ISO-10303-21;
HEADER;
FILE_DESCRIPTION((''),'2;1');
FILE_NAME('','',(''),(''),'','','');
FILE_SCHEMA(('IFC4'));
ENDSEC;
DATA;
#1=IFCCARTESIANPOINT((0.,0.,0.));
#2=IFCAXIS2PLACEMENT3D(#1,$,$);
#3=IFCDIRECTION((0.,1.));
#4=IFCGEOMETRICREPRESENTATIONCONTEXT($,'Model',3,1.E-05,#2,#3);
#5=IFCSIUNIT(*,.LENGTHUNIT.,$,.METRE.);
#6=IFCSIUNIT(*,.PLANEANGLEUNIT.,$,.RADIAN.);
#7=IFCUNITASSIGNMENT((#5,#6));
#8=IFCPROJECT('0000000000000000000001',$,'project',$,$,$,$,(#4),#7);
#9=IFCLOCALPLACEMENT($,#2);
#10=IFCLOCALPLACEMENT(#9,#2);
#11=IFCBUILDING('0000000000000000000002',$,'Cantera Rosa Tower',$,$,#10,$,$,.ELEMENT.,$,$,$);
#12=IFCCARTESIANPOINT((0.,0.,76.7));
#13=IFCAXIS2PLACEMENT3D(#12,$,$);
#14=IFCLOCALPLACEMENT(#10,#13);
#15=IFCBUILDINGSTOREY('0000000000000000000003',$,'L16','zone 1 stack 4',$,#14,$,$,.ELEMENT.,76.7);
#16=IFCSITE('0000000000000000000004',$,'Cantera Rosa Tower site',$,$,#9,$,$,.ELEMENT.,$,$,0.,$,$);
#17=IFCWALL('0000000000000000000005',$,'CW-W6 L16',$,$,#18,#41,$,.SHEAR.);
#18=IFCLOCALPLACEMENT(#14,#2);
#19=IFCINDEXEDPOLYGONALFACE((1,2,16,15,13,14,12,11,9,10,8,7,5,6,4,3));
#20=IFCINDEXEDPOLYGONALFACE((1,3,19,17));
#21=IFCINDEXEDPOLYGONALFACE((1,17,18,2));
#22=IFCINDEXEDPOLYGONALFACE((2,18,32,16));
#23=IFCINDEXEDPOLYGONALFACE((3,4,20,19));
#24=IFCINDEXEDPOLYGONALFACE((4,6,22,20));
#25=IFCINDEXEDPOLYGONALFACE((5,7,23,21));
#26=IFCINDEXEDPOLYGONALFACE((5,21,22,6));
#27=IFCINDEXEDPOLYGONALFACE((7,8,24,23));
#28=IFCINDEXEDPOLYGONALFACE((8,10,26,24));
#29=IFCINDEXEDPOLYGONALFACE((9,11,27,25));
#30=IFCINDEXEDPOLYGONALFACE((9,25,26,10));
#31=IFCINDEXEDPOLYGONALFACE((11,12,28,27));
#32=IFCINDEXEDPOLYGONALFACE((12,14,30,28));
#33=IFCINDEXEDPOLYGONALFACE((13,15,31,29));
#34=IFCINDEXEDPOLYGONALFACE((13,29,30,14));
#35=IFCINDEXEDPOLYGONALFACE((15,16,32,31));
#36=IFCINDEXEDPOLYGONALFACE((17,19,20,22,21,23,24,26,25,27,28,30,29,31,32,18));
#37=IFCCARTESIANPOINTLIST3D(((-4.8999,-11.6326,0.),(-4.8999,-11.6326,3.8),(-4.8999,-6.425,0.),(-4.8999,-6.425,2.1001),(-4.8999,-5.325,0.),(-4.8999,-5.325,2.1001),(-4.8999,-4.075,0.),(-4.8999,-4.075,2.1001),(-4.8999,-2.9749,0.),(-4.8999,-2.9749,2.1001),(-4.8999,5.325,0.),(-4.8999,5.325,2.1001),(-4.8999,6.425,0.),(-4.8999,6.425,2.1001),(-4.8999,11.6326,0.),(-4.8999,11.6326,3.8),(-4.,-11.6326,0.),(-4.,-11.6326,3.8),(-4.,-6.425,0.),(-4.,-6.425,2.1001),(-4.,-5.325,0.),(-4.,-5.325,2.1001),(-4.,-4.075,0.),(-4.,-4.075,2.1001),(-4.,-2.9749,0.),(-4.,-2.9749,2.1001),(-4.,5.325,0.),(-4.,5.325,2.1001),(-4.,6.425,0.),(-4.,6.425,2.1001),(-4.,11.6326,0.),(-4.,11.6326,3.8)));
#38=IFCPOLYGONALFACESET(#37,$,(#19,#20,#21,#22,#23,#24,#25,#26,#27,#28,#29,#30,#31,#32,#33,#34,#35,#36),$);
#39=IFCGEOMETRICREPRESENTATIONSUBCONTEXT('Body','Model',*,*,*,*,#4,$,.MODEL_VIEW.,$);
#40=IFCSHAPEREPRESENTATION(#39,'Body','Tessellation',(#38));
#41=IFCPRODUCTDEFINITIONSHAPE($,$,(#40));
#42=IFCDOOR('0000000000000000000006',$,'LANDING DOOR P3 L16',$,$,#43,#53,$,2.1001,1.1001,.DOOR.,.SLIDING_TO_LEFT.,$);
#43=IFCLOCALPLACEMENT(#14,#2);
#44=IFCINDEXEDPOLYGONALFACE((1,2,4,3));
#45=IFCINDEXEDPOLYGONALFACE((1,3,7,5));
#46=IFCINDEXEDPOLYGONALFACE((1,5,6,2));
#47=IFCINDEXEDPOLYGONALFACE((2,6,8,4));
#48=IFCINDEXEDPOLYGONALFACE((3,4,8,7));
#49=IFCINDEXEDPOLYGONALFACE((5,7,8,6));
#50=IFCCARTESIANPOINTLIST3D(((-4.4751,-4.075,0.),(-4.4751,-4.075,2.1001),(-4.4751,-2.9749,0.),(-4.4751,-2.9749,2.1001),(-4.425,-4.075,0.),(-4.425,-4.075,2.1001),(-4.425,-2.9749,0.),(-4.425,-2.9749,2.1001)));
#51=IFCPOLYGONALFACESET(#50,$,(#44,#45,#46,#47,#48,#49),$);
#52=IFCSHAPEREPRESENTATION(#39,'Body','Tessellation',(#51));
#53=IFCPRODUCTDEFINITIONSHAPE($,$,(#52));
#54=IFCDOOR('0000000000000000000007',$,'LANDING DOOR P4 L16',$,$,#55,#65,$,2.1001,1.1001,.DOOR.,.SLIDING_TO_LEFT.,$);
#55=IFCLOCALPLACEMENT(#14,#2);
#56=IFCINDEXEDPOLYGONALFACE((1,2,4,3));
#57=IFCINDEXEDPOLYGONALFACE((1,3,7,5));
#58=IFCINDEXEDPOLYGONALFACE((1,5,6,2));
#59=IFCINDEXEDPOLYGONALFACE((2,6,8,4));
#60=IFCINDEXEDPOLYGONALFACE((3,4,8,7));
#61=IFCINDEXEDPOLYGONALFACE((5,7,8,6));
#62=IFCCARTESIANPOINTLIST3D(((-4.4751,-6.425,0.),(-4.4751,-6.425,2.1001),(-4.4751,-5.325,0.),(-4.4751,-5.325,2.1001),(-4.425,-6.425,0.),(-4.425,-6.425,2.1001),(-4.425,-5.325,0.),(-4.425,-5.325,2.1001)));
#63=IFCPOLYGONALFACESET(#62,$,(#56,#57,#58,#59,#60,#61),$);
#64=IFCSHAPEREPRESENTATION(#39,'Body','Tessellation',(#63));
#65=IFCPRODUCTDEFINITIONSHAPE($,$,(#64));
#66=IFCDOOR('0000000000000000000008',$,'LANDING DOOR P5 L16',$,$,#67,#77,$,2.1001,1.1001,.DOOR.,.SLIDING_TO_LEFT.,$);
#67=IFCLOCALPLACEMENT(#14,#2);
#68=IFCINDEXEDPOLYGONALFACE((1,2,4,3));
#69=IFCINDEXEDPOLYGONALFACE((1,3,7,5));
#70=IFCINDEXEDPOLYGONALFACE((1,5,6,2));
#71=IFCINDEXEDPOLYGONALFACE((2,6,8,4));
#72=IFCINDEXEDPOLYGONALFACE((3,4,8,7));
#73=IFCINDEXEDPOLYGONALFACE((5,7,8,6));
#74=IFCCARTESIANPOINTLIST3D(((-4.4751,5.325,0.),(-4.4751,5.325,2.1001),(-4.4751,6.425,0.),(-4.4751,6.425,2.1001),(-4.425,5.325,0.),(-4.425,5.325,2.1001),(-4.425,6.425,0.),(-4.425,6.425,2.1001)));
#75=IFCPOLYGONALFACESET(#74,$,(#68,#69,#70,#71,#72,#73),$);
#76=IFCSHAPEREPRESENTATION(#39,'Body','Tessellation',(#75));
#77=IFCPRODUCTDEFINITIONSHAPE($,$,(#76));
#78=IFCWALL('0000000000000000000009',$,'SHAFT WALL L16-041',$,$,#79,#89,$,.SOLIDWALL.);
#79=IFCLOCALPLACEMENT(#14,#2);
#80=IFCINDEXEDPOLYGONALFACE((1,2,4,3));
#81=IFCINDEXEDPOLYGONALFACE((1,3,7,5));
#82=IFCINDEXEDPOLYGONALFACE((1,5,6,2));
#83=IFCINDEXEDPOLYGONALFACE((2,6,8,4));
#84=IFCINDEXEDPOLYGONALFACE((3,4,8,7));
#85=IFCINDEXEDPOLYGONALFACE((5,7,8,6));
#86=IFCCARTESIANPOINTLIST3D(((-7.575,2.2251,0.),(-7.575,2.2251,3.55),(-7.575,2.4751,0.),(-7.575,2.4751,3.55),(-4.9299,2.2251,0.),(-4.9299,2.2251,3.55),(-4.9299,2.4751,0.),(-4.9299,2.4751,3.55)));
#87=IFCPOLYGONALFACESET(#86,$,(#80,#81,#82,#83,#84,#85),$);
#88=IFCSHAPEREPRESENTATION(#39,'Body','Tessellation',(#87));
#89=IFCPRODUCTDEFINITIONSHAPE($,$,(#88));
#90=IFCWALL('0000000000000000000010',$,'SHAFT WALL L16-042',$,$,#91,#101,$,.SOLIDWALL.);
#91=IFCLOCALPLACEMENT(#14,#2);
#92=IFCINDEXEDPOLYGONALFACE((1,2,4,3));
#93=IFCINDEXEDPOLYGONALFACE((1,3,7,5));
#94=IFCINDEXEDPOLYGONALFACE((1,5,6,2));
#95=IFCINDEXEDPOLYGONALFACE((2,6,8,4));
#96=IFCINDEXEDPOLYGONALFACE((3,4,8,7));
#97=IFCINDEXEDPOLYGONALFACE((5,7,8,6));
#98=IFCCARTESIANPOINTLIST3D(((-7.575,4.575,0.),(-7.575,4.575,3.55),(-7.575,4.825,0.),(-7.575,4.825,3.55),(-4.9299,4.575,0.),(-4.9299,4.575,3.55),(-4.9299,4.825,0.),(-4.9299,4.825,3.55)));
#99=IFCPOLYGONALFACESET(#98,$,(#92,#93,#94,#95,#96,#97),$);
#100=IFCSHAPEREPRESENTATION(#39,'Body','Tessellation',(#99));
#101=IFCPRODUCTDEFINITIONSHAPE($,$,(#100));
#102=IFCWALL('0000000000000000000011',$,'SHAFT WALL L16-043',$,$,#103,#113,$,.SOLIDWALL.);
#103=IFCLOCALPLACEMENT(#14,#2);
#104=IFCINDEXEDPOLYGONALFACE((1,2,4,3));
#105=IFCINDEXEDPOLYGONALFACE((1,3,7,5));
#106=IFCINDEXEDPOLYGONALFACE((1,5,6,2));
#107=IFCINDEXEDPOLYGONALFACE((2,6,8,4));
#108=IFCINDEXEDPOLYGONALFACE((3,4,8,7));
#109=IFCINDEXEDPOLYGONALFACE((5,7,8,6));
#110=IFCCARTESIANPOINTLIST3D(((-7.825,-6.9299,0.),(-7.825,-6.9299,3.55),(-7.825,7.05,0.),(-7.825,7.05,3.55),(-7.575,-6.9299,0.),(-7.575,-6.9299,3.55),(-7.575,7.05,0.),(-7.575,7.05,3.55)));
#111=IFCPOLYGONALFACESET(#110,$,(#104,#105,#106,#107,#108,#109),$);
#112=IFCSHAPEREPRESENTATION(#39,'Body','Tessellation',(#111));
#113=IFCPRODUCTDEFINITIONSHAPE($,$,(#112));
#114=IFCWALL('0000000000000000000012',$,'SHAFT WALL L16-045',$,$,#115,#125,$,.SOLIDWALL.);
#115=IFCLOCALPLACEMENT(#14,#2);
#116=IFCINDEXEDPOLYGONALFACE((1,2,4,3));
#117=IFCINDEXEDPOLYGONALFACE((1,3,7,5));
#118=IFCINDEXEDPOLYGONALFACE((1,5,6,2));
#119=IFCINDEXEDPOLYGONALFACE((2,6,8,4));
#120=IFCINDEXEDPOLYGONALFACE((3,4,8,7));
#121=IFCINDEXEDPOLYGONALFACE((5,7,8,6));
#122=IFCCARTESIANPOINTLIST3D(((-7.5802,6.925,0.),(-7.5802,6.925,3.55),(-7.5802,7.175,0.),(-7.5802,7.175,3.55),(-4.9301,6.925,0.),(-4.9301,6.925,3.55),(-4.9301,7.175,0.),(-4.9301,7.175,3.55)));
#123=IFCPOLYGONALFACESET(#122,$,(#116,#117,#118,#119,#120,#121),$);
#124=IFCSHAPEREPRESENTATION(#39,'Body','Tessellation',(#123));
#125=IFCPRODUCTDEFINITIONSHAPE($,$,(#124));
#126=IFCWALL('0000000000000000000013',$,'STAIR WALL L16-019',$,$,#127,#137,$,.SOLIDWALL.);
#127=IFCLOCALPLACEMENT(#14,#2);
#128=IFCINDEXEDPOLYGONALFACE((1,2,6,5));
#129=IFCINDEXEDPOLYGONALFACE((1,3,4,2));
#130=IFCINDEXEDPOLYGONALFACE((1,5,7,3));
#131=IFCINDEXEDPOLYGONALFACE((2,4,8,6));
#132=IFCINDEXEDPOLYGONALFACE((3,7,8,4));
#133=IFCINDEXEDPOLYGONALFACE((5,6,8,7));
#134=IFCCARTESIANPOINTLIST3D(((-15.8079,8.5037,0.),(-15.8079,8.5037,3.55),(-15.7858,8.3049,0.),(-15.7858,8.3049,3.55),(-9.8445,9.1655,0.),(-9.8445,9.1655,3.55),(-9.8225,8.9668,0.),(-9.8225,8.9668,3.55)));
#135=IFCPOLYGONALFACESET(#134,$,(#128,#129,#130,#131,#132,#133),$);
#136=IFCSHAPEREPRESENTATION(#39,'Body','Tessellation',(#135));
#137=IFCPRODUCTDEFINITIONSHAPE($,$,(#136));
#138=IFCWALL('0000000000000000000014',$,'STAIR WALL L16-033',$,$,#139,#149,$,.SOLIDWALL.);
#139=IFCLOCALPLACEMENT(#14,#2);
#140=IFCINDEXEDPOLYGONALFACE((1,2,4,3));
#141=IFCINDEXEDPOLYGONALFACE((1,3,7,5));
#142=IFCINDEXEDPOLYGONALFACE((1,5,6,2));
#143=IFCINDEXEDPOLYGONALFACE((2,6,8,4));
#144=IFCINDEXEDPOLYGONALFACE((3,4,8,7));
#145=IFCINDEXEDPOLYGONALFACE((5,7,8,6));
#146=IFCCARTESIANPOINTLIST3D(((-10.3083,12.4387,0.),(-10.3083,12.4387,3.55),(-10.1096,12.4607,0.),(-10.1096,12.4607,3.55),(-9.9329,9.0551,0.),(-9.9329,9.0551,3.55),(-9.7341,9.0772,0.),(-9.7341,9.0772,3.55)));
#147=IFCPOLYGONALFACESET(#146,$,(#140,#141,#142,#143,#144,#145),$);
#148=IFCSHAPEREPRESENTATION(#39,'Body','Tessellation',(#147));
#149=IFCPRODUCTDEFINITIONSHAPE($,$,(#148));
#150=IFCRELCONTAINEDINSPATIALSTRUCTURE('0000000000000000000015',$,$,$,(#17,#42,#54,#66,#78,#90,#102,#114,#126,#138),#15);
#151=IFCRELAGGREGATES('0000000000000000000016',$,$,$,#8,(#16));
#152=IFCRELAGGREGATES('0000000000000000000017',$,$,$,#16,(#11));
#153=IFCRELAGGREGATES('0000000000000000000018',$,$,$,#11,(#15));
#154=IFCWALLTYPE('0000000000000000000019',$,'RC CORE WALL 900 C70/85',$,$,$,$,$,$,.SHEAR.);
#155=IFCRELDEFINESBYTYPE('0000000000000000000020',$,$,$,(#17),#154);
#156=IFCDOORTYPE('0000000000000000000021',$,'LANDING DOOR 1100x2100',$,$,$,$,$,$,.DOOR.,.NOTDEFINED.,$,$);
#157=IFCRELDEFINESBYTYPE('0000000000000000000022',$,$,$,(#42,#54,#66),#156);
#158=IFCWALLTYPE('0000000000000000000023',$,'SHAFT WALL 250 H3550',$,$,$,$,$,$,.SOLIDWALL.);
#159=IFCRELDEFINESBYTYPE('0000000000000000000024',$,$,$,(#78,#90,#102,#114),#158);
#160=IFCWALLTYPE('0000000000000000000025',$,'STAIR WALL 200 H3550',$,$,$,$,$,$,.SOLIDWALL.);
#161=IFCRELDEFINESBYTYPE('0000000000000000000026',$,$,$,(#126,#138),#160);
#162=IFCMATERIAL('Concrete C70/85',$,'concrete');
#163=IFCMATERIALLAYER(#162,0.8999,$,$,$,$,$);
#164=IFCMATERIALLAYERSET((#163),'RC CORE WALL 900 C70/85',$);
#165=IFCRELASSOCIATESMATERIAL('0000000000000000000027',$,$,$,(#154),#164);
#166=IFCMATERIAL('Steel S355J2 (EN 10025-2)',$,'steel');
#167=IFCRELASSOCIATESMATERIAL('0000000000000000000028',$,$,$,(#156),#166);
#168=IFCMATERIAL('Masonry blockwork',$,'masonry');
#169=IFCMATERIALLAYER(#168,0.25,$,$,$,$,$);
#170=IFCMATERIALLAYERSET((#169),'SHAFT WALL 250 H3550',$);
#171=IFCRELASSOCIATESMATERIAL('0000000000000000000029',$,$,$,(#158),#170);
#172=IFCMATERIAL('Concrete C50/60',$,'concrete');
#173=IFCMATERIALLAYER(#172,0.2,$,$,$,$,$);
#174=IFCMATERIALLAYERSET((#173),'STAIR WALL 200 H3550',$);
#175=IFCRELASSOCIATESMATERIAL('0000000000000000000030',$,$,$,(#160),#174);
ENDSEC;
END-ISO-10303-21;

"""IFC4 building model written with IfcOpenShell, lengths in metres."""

from ifc_helpers import new_model, si_unit, direction, frame, frame_2d, origin, place, context, subcontext, project, spatial, rectangle, extrude, material, layer, layer_set, type_object, element, fill, save


model = new_model("IFC4")

# Units and contexts
model_context = context("Model", 3, precision=1e-05, world=origin(), true_north=direction((0.0, 1.0)))
body_context = subcontext(model_context, "Body", "Model", "MODEL_VIEW")
ifc_project = project(units=[si_unit("LENGTHUNIT", "METRE"), si_unit("PLANEANGLEUNIT", "RADIAN")], contexts=[model_context])

# Site, building, storey
site_placement = place(None, origin())
site = spatial("IfcSite", under=ifc_project, at=site_placement, Name="Cantera Rosa Tower site", CompositionType="ELEMENT", RefElevation=0.0)
building_placement = place(site_placement, origin())
building = spatial("IfcBuilding", under=site, at=building_placement, Name="Cantera Rosa Tower", CompositionType="ELEMENT")
storey_placement = place(building_placement, frame((0.0, 0.0, 76.7)))
storey = spatial("IfcBuildingStorey", under=building, at=storey_placement, Name="L16", Description="zone 1 stack 4", CompositionType="ELEMENT", Elevation=76.7)

# Shared definitions
ifc_material_1 = material(Name="Concrete C70/85", Category="concrete")
ifc_layer_1 = layer(ifc_material_1, 0.8999)
ifc_layer_set_1 = layer_set([ifc_layer_1], Name="RC CORE WALL 900 C70/85")
wall_type_1 = type_object("IfcWallType", Name="RC CORE WALL 900 C70/85", PredefinedType="SHEAR", material=ifc_layer_set_1)

# Wall, openings, doors
wall_1_placement = place(storey_placement, frame((-4.45, 11.6326, 0.0), z_axis=(0.0, 0.0, 1.0), x_axis=(0.0, -1.0, 0.0)))
wall_1 = element("IfcWall", 1, at=wall_1_placement, inside=storey, type_object=wall_type_1, Name="CW-W6 L16", PredefinedType="SHEAR", context=body_context, shape_type="SweptSolid", body=[
    extrude(rectangle(XDim=23.2651, YDim=0.8999, at=frame_2d((11.6326, 0.0))), origin(), (0.0, 0.0, 1.0), 3.8),
])
opening_1_placement = place(wall_1_placement, frame((14.6074, 0.0, 0.0)))
opening_1 = element("IfcOpeningElement", 2, at=opening_1_placement, cuts=wall_1, PredefinedType="OPENING", context=body_context, shape_type="SweptSolid", body=[
    extrude(rectangle(XDim=1.1001, YDim=2.1001, at=frame_2d((0.55, 1.05))), frame((0.0, 0.46, 0.0), z_axis=(0.0, -1.0, 0.0), x_axis=(1.0, 0.0, 0.0)), (0.0, 0.0, 1.0), 0.9199),
])
opening_2_placement = place(wall_1_placement, frame((16.9575, 0.0, 0.0)))
opening_2 = element("IfcOpeningElement", 3, at=opening_2_placement, cuts=wall_1, PredefinedType="OPENING", context=body_context, shape_type="SweptSolid", body=[
    extrude(rectangle(XDim=1.1001, YDim=2.1001, at=frame_2d((0.55, 1.05))), frame((0.0, 0.46, 0.0), z_axis=(0.0, -1.0, 0.0), x_axis=(1.0, 0.0, 0.0)), (0.0, 0.0, 1.0), 0.9199),
])
opening_3_placement = place(wall_1_placement, frame((5.2075, 0.0, 0.0)))
opening_3 = element("IfcOpeningElement", 4, at=opening_3_placement, cuts=wall_1, PredefinedType="OPENING", context=body_context, shape_type="SweptSolid", body=[
    extrude(rectangle(XDim=1.1001, YDim=2.1001, at=frame_2d((0.55, 1.05))), frame((0.0, 0.46, 0.0), z_axis=(0.0, -1.0, 0.0), x_axis=(1.0, 0.0, 0.0)), (0.0, 0.0, 1.0), 0.9199),
])
ifc_material_2 = material(Name="Steel S355J2 (EN 10025-2)", Category="steel")
door_type_1 = type_object("IfcDoorType", Name="LANDING DOOR 1100x2100", OperationType="NOTDEFINED", PredefinedType="DOOR", material=ifc_material_2)
door_1_placement = place(opening_1_placement, origin())
door_1 = element("IfcDoor", 5, at=door_1_placement, inside=storey, type_object=door_type_1, Name="LANDING DOOR P3 L16", OperationType="SLIDING_TO_LEFT", OverallHeight=2.1001, OverallWidth=1.1001, PredefinedType="DOOR", context=body_context, shape_type="SweptSolid", body=[
    extrude(rectangle(XDim=1.1001, YDim=2.1001, at=frame_2d((0.55, 1.05))), frame((0.0, 0.0249, 0.0), z_axis=(0.0, -1.0, 0.0), x_axis=(1.0, 0.0, 0.0)), (0.0, 0.0, 1.0), 0.05),
])
fill(opening_1, door_1)
door_2_placement = place(opening_2_placement, origin())
door_2 = element("IfcDoor", 6, at=door_2_placement, inside=storey, type_object=door_type_1, Name="LANDING DOOR P4 L16", OperationType="SLIDING_TO_LEFT", OverallHeight=2.1001, OverallWidth=1.1001, PredefinedType="DOOR", context=body_context, shape_type="SweptSolid", body=[
    extrude(rectangle(XDim=1.1001, YDim=2.1001, at=frame_2d((0.55, 1.05))), frame((0.0, 0.0249, 0.0), z_axis=(0.0, -1.0, 0.0), x_axis=(1.0, 0.0, 0.0)), (0.0, 0.0, 1.0), 0.05),
])
fill(opening_2, door_2)
door_3_placement = place(opening_3_placement, origin())
door_3 = element("IfcDoor", 7, at=door_3_placement, inside=storey, type_object=door_type_1, Name="LANDING DOOR P5 L16", OperationType="SLIDING_TO_LEFT", OverallHeight=2.1001, OverallWidth=1.1001, PredefinedType="DOOR", context=body_context, shape_type="SweptSolid", body=[
    extrude(rectangle(XDim=1.1001, YDim=2.1001, at=frame_2d((0.55, 1.05))), frame((0.0, 0.0249, 0.0), z_axis=(0.0, -1.0, 0.0), x_axis=(1.0, 0.0, 0.0)), (0.0, 0.0, 1.0), 0.05),
])
fill(opening_3, door_3)

# Walls
ifc_material_3 = material(Name="Masonry blockwork", Category="masonry")
ifc_layer_2 = layer(ifc_material_3, 0.25)
ifc_layer_set_2 = layer_set([ifc_layer_2], Name="SHAFT WALL 250 H3550")
wall_type_2 = type_object("IfcWallType", Name="SHAFT WALL 250 H3550", PredefinedType="SOLIDWALL", material=ifc_layer_set_2)
for number, where, z_axis, x_axis, name in (
    (8, (-7.575, 2.3501, 0.0), (0.0, 0.0, 1.0), (1.0, 0.0, 0.0), "SHAFT WALL L16-041"),
    (9, (-7.575, 4.7, 0.0), (0.0, 0.0, 1.0), (1.0, 0.0, 0.0), "SHAFT WALL L16-042"),
):
    element("IfcWall", number, at=place(storey_placement, frame(where, z_axis=z_axis, x_axis=x_axis)), inside=storey, type_object=wall_type_2, Name=name, PredefinedType="SOLIDWALL", context=body_context, shape_type="SweptSolid", body=[
        extrude(rectangle(XDim=2.645, YDim=0.25, at=frame_2d((1.3225, 0.0))), origin(), (0.0, 0.0, 1.0), 3.55),
    ])
wall_2_placement = place(storey_placement, frame((-7.7, 7.05, 0.0), z_axis=(0.0, 0.0, 1.0), x_axis=(0.0, -1.0, 0.0)))
element("IfcWall", 10, at=wall_2_placement, inside=storey, type_object=wall_type_2, Name="SHAFT WALL L16-043", PredefinedType="SOLIDWALL", context=body_context, shape_type="SweptSolid", body=[
    extrude(rectangle(XDim=13.98, YDim=0.25, at=frame_2d((6.99, 0.0))), origin(), (0.0, 0.0, 1.0), 3.55),
])
wall_3_placement = place(storey_placement, frame((-4.9299, 7.05, 0.0), z_axis=(0.0, 0.0, 1.0), x_axis=(-1.0, 0.0, 0.0)))
element("IfcWall", 11, at=wall_3_placement, inside=storey, type_object=wall_type_2, Name="SHAFT WALL L16-045", PredefinedType="SOLIDWALL", context=body_context, shape_type="SweptSolid", body=[
    extrude(rectangle(XDim=2.6501, YDim=0.25, at=frame_2d((1.3252, 0.0))), origin(), (0.0, 0.0, 1.0), 3.55),
])
ifc_material_4 = material(Name="Concrete C50/60", Category="concrete")
ifc_layer_3 = layer(ifc_material_4, 0.2)
ifc_layer_set_3 = layer_set([ifc_layer_3], Name="STAIR WALL 200 H3550")
wall_type_3 = type_object("IfcWallType", Name="STAIR WALL 200 H3550", PredefinedType="SOLIDWALL", material=ifc_layer_set_3)
wall_4_placement = place(storey_placement, frame((-15.7969, 8.4043, 0.0), z_axis=(0.0, 0.0, 1.0), x_axis=(0.993897, 0.110311, 0.0)))
element("IfcWall", 12, at=wall_4_placement, inside=storey, type_object=wall_type_3, Name="STAIR WALL L16-019", PredefinedType="SOLIDWALL", context=body_context, shape_type="SweptSolid", body=[
    extrude(rectangle(XDim=6.0, YDim=0.2, at=frame_2d((3.0, 0.0))), origin(), (0.0, 0.0, 1.0), 3.55),
])
wall_5_placement = place(storey_placement, frame((-9.8335, 9.0662, 0.0), z_axis=(0.0, 0.0, 1.0), x_axis=(-0.110298, 0.993899, 0.0)))
element("IfcWall", 13, at=wall_5_placement, inside=storey, type_object=wall_type_3, Name="STAIR WALL L16-033", PredefinedType="SOLIDWALL", context=body_context, shape_type="SweptSolid", body=[
    extrude(rectangle(XDim=3.4043, YDim=0.2, at=frame_2d((1.7021, 0.0))), origin(), (0.0, 0.0, 1.0), 3.55),
])

save(model, "model.ifc")
